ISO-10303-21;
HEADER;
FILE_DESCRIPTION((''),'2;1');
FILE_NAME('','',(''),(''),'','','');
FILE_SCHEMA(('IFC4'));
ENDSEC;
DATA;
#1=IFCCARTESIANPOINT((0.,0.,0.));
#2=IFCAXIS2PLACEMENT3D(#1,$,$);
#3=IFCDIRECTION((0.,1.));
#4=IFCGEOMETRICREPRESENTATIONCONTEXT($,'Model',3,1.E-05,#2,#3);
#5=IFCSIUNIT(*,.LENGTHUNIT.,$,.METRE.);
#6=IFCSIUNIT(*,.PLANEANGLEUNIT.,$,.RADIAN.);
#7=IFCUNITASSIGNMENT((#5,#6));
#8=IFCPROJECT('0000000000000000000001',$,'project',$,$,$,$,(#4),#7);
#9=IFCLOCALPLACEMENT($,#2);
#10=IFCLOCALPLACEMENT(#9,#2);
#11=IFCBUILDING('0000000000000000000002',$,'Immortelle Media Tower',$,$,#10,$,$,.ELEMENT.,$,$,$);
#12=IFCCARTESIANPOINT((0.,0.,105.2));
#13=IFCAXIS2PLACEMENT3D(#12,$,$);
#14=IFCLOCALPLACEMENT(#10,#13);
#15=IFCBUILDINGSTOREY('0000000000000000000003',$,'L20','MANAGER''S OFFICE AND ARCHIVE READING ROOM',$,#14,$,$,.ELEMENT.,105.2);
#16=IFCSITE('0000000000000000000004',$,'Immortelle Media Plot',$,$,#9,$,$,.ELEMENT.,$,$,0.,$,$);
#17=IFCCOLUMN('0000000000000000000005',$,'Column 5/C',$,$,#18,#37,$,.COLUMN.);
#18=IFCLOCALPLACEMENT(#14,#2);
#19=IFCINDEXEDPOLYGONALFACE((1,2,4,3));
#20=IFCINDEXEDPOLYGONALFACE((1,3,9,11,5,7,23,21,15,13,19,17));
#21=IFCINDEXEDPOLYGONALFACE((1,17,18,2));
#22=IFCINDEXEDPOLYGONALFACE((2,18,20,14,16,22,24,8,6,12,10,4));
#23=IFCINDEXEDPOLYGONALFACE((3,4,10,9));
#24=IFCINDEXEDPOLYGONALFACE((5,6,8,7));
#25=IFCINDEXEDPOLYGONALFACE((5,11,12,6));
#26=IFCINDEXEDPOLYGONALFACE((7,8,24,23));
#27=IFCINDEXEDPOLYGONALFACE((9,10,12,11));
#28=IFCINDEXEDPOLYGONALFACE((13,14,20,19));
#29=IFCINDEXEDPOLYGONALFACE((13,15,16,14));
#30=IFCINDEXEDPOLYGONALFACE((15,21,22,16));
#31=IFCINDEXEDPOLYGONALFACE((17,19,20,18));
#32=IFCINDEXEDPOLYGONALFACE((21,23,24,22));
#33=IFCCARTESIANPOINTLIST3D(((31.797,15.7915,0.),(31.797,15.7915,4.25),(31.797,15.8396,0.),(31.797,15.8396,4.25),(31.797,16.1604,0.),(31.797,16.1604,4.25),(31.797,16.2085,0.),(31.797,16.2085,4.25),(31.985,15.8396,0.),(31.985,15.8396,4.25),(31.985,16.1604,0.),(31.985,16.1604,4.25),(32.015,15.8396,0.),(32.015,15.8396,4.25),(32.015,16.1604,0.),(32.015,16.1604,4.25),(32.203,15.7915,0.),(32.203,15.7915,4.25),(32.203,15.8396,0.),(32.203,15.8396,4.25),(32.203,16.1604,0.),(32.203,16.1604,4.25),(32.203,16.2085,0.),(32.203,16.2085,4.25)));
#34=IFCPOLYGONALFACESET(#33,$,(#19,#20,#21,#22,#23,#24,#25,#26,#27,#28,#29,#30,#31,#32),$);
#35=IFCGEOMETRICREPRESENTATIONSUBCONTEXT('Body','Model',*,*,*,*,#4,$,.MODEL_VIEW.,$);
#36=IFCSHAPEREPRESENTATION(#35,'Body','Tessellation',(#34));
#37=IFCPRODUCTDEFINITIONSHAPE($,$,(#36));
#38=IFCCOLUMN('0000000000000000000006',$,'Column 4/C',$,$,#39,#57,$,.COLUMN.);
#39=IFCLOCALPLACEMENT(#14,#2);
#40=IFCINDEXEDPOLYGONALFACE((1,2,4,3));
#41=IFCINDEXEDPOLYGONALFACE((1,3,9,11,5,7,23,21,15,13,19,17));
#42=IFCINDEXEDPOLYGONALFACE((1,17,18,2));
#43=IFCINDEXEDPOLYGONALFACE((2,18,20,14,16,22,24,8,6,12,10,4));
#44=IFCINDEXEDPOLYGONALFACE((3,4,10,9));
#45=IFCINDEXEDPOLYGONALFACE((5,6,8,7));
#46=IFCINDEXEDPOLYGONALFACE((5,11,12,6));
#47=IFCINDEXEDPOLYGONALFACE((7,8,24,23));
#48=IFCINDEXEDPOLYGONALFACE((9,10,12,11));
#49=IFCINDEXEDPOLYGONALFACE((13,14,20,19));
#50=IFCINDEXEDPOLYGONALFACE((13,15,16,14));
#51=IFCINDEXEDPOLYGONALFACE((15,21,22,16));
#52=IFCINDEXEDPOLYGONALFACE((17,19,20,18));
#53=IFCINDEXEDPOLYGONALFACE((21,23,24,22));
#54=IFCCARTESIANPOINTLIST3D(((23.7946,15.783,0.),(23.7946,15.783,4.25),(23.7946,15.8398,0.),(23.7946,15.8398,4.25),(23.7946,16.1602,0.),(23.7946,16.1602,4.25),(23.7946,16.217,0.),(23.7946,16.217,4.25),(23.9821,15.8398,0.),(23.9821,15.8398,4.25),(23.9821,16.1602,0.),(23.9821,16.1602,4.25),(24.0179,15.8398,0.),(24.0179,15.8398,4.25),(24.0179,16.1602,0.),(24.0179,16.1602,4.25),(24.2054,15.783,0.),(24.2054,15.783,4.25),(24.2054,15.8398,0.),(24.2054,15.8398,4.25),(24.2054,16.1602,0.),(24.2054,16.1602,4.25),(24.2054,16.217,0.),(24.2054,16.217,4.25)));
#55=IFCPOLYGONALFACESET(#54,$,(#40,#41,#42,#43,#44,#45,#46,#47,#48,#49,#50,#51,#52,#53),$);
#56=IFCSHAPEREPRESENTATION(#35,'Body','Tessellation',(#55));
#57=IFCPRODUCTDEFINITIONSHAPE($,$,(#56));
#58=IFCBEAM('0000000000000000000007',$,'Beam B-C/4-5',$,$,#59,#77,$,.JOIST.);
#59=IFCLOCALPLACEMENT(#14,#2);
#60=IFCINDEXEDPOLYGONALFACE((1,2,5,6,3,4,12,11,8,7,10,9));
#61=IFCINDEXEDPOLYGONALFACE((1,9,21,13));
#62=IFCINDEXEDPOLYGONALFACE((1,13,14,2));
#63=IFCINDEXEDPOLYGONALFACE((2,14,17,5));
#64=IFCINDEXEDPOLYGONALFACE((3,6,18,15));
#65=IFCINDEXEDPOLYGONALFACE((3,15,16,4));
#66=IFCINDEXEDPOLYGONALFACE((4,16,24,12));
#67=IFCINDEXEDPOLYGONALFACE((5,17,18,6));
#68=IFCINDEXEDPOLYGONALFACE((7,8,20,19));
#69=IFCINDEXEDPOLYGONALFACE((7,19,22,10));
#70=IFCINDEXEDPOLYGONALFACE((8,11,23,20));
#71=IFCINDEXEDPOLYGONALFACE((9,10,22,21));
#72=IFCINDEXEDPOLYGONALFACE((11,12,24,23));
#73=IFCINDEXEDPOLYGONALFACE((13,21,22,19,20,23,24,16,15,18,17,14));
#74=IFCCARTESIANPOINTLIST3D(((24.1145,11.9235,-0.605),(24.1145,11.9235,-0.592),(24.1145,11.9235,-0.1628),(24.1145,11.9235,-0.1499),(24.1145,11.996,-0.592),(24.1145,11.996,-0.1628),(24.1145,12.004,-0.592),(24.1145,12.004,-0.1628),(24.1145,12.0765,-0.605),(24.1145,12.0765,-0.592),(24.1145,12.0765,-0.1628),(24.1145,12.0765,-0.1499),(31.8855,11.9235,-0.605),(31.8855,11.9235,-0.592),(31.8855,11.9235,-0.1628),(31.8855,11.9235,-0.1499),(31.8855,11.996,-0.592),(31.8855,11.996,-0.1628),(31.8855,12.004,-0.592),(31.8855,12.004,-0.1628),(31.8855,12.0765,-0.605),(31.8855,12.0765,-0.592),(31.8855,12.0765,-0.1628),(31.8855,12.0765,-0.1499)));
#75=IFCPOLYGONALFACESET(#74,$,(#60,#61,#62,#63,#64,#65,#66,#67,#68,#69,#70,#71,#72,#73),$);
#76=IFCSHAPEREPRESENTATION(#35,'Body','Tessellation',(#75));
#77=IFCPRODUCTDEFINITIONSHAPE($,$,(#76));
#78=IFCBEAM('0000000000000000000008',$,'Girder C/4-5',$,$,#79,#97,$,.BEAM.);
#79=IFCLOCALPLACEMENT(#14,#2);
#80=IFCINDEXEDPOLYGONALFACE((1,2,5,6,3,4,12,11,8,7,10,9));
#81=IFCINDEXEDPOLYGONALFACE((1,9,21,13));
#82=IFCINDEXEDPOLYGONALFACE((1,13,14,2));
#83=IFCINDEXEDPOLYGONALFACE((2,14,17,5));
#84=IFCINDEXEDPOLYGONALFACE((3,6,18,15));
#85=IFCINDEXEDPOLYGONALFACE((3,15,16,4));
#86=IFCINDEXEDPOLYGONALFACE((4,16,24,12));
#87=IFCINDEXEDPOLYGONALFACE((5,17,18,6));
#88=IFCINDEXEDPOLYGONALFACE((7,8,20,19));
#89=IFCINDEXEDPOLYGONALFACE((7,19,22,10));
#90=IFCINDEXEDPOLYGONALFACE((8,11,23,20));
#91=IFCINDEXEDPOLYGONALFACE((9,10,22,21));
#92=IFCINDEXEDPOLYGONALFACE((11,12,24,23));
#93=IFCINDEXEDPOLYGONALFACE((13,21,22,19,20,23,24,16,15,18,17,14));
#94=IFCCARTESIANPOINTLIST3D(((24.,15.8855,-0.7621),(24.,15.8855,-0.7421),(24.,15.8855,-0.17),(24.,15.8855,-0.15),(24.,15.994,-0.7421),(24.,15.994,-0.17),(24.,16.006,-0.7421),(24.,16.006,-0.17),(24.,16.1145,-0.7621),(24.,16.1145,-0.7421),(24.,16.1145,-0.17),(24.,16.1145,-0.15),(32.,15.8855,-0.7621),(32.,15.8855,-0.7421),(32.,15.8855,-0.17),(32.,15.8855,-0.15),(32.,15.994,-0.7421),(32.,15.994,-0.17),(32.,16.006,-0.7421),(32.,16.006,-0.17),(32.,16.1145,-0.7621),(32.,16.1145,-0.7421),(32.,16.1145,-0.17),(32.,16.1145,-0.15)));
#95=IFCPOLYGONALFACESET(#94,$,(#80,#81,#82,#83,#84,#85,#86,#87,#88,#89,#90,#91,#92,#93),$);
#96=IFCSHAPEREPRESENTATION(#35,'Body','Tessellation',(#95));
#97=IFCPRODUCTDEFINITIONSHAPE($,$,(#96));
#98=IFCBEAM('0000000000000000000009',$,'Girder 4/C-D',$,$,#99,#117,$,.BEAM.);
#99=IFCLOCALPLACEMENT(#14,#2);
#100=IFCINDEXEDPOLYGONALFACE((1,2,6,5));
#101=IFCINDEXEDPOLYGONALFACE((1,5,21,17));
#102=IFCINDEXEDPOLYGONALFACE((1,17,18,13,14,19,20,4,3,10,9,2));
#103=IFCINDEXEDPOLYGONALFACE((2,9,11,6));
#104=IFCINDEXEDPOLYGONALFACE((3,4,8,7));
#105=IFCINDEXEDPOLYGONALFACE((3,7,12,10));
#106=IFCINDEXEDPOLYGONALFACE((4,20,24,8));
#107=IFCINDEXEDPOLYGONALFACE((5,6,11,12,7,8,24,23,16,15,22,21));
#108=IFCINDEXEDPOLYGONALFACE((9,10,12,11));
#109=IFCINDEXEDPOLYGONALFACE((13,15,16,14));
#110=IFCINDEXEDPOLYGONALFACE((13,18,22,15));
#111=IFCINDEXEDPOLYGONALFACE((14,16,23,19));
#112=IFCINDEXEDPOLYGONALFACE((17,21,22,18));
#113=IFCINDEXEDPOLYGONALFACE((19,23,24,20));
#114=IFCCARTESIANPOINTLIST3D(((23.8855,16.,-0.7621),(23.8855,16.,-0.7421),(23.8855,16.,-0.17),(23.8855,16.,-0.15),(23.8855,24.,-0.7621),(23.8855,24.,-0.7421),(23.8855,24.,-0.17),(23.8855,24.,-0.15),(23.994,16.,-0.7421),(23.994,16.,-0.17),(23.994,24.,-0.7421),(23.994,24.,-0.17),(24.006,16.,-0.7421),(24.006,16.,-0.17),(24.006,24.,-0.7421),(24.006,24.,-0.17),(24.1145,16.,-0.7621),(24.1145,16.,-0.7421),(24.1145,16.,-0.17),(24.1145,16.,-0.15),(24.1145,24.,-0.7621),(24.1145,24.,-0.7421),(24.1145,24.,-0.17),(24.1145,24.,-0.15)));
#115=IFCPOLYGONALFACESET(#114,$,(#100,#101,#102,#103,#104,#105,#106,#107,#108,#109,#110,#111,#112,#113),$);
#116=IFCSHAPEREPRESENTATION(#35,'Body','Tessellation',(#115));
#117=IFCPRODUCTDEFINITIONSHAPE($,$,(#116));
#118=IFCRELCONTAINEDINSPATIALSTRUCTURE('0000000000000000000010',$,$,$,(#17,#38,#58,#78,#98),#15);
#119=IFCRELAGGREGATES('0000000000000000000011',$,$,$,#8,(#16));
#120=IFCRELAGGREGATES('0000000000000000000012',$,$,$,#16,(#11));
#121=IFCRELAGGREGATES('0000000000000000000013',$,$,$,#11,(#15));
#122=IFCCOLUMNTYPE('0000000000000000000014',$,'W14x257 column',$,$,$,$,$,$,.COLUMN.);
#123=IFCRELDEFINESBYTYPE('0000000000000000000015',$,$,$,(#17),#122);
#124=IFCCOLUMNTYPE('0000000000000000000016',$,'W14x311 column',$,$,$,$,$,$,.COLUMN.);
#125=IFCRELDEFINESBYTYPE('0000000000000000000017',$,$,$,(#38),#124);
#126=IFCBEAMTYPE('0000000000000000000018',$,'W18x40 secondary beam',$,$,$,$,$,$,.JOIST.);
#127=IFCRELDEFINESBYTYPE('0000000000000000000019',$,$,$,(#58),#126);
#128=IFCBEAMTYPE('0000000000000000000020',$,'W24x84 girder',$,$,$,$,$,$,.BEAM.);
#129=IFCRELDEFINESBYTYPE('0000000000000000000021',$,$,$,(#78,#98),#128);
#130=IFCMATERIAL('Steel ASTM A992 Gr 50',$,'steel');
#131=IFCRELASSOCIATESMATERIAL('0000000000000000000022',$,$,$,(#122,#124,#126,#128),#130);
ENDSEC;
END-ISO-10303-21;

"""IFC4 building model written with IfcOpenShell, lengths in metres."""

from ifc_helpers import new_model, si_unit, direction, frame, origin, origin_2d, place, context, subcontext, project, spatial, i_section, extrude, material, material_profile, profile_set, type_object, element, save


model = new_model("IFC4")

# Units and contexts
model_context = context("Model", 3, precision=1e-05, world=origin(), true_north=direction((0.0, 1.0)))
body_context = subcontext(model_context, "Body", "Model", "MODEL_VIEW")
ifc_project = project(units=[si_unit("LENGTHUNIT", "METRE"), si_unit("PLANEANGLEUNIT", "RADIAN")], contexts=[model_context])

# Site, building, storey
site_placement = place(None, origin())
site = spatial("IfcSite", under=ifc_project, at=site_placement, Name="Immortelle Media Plot", CompositionType="ELEMENT", RefElevation=0.0)
building_placement = place(site_placement, origin())
building = spatial("IfcBuilding", under=site, at=building_placement, Name="Immortelle Media Tower", CompositionType="ELEMENT")
storey_placement = place(building_placement, frame((0.0, 0.0, 105.2)))
storey = spatial("IfcBuildingStorey", under=building, at=storey_placement, Name="L20", Description="MANAGER'S OFFICE AND ARCHIVE READING ROOM", CompositionType="ELEMENT", Elevation=105.2)

# Columns
ifc_material_1 = material(Name="Steel ASTM A992 Gr 50", Category="steel")
ifc_material_profile_1 = material_profile(ifc_material_1, i_section(OverallWidth=0.406, OverallDepth=0.417, WebThickness=0.03, FlangeThickness=0.0481, at=origin_2d()), Name="W14x257")
ifc_profile_set_1 = profile_set([ifc_material_profile_1], Name="Steel ASTM A992 Gr 50")
column_type_1 = type_object("IfcColumnType", Name="W14x257 column", PredefinedType="COLUMN", material=ifc_profile_set_1)
column_1_placement = place(storey_placement, frame((32.0, 16.0, 0.0), z_axis=(0.0, 0.0, 1.0), x_axis=(1.0, 0.0, 0.0)))
element("IfcColumn", 1, at=column_1_placement, inside=storey, type_object=column_type_1, Name="Column 5/C", PredefinedType="COLUMN", context=body_context, shape_type="SweptSolid", body=[
    extrude(i_section(OverallWidth=0.406, OverallDepth=0.417, WebThickness=0.03, FlangeThickness=0.0481, at=origin_2d()), origin(), (0.0, 0.0, 1.0), 4.25),
])
ifc_material_profile_2 = material_profile(ifc_material_1, i_section(OverallWidth=0.4109, OverallDepth=0.4341, WebThickness=0.0359, FlangeThickness=0.0569, at=origin_2d()), Name="W14x311")
ifc_profile_set_2 = profile_set([ifc_material_profile_2], Name="Steel ASTM A992 Gr 50")
column_type_2 = type_object("IfcColumnType", Name="W14x311 column", PredefinedType="COLUMN", material=ifc_profile_set_2)
column_2_placement = place(storey_placement, frame((24.0, 16.0, 0.0), z_axis=(0.0, 0.0, 1.0), x_axis=(1.0, 0.0, 0.0)))
element("IfcColumn", 2, at=column_2_placement, inside=storey, type_object=column_type_2, Name="Column 4/C", PredefinedType="COLUMN", context=body_context, shape_type="SweptSolid", body=[
    extrude(i_section(OverallWidth=0.4109, OverallDepth=0.4341, WebThickness=0.0359, FlangeThickness=0.0569, at=origin_2d()), origin(), (0.0, 0.0, 1.0), 4.25),
])

# Beams
ifc_material_profile_3 = material_profile(ifc_material_1, i_section(OverallWidth=0.1531, OverallDepth=0.4551, WebThickness=0.0081, FlangeThickness=0.0129, at=origin_2d()), Name="W18x40")
ifc_profile_set_3 = profile_set([ifc_material_profile_3], Name="Steel ASTM A992 Gr 50")
beam_type_1 = type_object("IfcBeamType", Name="W18x40 secondary beam", PredefinedType="JOIST", material=ifc_profile_set_3)
beam_placement = place(storey_placement, frame((24.1145, 12.0, -0.3774), z_axis=(1.0, 0.0, 0.0), x_axis=(0.0, 1.0, 0.0)))
element("IfcBeam", 3, at=beam_placement, inside=storey, type_object=beam_type_1, Name="Beam B-C/4-5", PredefinedType="JOIST", context=body_context, shape_type="SweptSolid", body=[
    extrude(i_section(OverallWidth=0.1531, OverallDepth=0.4551, WebThickness=0.0081, FlangeThickness=0.0129, at=origin_2d()), origin(), (0.0, 0.0, 1.0), 7.771),
])
ifc_material_profile_4 = material_profile(ifc_material_1, i_section(OverallWidth=0.229, OverallDepth=0.6121, WebThickness=0.012, FlangeThickness=0.02, at=origin_2d()), Name="W24x84")
ifc_profile_set_4 = profile_set([ifc_material_profile_4], Name="Steel ASTM A992 Gr 50")
beam_type_2 = type_object("IfcBeamType", Name="W24x84 girder", PredefinedType="BEAM", material=ifc_profile_set_4)
for number, where, z_axis, x_axis, name in (
    (4, (24.0, 16.0, -0.4561), (1.0, 0.0, 0.0), (0.0, 1.0, 0.0), "Girder C/4-5"),
    (5, (24.0, 16.0, -0.4561), (0.0, 1.0, 0.0), (-1.0, 0.0, 0.0), "Girder 4/C-D"),
):
    element("IfcBeam", number, at=place(storey_placement, frame(where, z_axis=z_axis, x_axis=x_axis)), inside=storey, type_object=beam_type_2, Name=name, PredefinedType="BEAM", context=body_context, shape_type="SweptSolid", body=[
        extrude(i_section(OverallWidth=0.229, OverallDepth=0.6121, WebThickness=0.012, FlangeThickness=0.02, at=origin_2d()), origin(), (0.0, 0.0, 1.0), 8.0),
    ])

save(model, "model.ifc")
